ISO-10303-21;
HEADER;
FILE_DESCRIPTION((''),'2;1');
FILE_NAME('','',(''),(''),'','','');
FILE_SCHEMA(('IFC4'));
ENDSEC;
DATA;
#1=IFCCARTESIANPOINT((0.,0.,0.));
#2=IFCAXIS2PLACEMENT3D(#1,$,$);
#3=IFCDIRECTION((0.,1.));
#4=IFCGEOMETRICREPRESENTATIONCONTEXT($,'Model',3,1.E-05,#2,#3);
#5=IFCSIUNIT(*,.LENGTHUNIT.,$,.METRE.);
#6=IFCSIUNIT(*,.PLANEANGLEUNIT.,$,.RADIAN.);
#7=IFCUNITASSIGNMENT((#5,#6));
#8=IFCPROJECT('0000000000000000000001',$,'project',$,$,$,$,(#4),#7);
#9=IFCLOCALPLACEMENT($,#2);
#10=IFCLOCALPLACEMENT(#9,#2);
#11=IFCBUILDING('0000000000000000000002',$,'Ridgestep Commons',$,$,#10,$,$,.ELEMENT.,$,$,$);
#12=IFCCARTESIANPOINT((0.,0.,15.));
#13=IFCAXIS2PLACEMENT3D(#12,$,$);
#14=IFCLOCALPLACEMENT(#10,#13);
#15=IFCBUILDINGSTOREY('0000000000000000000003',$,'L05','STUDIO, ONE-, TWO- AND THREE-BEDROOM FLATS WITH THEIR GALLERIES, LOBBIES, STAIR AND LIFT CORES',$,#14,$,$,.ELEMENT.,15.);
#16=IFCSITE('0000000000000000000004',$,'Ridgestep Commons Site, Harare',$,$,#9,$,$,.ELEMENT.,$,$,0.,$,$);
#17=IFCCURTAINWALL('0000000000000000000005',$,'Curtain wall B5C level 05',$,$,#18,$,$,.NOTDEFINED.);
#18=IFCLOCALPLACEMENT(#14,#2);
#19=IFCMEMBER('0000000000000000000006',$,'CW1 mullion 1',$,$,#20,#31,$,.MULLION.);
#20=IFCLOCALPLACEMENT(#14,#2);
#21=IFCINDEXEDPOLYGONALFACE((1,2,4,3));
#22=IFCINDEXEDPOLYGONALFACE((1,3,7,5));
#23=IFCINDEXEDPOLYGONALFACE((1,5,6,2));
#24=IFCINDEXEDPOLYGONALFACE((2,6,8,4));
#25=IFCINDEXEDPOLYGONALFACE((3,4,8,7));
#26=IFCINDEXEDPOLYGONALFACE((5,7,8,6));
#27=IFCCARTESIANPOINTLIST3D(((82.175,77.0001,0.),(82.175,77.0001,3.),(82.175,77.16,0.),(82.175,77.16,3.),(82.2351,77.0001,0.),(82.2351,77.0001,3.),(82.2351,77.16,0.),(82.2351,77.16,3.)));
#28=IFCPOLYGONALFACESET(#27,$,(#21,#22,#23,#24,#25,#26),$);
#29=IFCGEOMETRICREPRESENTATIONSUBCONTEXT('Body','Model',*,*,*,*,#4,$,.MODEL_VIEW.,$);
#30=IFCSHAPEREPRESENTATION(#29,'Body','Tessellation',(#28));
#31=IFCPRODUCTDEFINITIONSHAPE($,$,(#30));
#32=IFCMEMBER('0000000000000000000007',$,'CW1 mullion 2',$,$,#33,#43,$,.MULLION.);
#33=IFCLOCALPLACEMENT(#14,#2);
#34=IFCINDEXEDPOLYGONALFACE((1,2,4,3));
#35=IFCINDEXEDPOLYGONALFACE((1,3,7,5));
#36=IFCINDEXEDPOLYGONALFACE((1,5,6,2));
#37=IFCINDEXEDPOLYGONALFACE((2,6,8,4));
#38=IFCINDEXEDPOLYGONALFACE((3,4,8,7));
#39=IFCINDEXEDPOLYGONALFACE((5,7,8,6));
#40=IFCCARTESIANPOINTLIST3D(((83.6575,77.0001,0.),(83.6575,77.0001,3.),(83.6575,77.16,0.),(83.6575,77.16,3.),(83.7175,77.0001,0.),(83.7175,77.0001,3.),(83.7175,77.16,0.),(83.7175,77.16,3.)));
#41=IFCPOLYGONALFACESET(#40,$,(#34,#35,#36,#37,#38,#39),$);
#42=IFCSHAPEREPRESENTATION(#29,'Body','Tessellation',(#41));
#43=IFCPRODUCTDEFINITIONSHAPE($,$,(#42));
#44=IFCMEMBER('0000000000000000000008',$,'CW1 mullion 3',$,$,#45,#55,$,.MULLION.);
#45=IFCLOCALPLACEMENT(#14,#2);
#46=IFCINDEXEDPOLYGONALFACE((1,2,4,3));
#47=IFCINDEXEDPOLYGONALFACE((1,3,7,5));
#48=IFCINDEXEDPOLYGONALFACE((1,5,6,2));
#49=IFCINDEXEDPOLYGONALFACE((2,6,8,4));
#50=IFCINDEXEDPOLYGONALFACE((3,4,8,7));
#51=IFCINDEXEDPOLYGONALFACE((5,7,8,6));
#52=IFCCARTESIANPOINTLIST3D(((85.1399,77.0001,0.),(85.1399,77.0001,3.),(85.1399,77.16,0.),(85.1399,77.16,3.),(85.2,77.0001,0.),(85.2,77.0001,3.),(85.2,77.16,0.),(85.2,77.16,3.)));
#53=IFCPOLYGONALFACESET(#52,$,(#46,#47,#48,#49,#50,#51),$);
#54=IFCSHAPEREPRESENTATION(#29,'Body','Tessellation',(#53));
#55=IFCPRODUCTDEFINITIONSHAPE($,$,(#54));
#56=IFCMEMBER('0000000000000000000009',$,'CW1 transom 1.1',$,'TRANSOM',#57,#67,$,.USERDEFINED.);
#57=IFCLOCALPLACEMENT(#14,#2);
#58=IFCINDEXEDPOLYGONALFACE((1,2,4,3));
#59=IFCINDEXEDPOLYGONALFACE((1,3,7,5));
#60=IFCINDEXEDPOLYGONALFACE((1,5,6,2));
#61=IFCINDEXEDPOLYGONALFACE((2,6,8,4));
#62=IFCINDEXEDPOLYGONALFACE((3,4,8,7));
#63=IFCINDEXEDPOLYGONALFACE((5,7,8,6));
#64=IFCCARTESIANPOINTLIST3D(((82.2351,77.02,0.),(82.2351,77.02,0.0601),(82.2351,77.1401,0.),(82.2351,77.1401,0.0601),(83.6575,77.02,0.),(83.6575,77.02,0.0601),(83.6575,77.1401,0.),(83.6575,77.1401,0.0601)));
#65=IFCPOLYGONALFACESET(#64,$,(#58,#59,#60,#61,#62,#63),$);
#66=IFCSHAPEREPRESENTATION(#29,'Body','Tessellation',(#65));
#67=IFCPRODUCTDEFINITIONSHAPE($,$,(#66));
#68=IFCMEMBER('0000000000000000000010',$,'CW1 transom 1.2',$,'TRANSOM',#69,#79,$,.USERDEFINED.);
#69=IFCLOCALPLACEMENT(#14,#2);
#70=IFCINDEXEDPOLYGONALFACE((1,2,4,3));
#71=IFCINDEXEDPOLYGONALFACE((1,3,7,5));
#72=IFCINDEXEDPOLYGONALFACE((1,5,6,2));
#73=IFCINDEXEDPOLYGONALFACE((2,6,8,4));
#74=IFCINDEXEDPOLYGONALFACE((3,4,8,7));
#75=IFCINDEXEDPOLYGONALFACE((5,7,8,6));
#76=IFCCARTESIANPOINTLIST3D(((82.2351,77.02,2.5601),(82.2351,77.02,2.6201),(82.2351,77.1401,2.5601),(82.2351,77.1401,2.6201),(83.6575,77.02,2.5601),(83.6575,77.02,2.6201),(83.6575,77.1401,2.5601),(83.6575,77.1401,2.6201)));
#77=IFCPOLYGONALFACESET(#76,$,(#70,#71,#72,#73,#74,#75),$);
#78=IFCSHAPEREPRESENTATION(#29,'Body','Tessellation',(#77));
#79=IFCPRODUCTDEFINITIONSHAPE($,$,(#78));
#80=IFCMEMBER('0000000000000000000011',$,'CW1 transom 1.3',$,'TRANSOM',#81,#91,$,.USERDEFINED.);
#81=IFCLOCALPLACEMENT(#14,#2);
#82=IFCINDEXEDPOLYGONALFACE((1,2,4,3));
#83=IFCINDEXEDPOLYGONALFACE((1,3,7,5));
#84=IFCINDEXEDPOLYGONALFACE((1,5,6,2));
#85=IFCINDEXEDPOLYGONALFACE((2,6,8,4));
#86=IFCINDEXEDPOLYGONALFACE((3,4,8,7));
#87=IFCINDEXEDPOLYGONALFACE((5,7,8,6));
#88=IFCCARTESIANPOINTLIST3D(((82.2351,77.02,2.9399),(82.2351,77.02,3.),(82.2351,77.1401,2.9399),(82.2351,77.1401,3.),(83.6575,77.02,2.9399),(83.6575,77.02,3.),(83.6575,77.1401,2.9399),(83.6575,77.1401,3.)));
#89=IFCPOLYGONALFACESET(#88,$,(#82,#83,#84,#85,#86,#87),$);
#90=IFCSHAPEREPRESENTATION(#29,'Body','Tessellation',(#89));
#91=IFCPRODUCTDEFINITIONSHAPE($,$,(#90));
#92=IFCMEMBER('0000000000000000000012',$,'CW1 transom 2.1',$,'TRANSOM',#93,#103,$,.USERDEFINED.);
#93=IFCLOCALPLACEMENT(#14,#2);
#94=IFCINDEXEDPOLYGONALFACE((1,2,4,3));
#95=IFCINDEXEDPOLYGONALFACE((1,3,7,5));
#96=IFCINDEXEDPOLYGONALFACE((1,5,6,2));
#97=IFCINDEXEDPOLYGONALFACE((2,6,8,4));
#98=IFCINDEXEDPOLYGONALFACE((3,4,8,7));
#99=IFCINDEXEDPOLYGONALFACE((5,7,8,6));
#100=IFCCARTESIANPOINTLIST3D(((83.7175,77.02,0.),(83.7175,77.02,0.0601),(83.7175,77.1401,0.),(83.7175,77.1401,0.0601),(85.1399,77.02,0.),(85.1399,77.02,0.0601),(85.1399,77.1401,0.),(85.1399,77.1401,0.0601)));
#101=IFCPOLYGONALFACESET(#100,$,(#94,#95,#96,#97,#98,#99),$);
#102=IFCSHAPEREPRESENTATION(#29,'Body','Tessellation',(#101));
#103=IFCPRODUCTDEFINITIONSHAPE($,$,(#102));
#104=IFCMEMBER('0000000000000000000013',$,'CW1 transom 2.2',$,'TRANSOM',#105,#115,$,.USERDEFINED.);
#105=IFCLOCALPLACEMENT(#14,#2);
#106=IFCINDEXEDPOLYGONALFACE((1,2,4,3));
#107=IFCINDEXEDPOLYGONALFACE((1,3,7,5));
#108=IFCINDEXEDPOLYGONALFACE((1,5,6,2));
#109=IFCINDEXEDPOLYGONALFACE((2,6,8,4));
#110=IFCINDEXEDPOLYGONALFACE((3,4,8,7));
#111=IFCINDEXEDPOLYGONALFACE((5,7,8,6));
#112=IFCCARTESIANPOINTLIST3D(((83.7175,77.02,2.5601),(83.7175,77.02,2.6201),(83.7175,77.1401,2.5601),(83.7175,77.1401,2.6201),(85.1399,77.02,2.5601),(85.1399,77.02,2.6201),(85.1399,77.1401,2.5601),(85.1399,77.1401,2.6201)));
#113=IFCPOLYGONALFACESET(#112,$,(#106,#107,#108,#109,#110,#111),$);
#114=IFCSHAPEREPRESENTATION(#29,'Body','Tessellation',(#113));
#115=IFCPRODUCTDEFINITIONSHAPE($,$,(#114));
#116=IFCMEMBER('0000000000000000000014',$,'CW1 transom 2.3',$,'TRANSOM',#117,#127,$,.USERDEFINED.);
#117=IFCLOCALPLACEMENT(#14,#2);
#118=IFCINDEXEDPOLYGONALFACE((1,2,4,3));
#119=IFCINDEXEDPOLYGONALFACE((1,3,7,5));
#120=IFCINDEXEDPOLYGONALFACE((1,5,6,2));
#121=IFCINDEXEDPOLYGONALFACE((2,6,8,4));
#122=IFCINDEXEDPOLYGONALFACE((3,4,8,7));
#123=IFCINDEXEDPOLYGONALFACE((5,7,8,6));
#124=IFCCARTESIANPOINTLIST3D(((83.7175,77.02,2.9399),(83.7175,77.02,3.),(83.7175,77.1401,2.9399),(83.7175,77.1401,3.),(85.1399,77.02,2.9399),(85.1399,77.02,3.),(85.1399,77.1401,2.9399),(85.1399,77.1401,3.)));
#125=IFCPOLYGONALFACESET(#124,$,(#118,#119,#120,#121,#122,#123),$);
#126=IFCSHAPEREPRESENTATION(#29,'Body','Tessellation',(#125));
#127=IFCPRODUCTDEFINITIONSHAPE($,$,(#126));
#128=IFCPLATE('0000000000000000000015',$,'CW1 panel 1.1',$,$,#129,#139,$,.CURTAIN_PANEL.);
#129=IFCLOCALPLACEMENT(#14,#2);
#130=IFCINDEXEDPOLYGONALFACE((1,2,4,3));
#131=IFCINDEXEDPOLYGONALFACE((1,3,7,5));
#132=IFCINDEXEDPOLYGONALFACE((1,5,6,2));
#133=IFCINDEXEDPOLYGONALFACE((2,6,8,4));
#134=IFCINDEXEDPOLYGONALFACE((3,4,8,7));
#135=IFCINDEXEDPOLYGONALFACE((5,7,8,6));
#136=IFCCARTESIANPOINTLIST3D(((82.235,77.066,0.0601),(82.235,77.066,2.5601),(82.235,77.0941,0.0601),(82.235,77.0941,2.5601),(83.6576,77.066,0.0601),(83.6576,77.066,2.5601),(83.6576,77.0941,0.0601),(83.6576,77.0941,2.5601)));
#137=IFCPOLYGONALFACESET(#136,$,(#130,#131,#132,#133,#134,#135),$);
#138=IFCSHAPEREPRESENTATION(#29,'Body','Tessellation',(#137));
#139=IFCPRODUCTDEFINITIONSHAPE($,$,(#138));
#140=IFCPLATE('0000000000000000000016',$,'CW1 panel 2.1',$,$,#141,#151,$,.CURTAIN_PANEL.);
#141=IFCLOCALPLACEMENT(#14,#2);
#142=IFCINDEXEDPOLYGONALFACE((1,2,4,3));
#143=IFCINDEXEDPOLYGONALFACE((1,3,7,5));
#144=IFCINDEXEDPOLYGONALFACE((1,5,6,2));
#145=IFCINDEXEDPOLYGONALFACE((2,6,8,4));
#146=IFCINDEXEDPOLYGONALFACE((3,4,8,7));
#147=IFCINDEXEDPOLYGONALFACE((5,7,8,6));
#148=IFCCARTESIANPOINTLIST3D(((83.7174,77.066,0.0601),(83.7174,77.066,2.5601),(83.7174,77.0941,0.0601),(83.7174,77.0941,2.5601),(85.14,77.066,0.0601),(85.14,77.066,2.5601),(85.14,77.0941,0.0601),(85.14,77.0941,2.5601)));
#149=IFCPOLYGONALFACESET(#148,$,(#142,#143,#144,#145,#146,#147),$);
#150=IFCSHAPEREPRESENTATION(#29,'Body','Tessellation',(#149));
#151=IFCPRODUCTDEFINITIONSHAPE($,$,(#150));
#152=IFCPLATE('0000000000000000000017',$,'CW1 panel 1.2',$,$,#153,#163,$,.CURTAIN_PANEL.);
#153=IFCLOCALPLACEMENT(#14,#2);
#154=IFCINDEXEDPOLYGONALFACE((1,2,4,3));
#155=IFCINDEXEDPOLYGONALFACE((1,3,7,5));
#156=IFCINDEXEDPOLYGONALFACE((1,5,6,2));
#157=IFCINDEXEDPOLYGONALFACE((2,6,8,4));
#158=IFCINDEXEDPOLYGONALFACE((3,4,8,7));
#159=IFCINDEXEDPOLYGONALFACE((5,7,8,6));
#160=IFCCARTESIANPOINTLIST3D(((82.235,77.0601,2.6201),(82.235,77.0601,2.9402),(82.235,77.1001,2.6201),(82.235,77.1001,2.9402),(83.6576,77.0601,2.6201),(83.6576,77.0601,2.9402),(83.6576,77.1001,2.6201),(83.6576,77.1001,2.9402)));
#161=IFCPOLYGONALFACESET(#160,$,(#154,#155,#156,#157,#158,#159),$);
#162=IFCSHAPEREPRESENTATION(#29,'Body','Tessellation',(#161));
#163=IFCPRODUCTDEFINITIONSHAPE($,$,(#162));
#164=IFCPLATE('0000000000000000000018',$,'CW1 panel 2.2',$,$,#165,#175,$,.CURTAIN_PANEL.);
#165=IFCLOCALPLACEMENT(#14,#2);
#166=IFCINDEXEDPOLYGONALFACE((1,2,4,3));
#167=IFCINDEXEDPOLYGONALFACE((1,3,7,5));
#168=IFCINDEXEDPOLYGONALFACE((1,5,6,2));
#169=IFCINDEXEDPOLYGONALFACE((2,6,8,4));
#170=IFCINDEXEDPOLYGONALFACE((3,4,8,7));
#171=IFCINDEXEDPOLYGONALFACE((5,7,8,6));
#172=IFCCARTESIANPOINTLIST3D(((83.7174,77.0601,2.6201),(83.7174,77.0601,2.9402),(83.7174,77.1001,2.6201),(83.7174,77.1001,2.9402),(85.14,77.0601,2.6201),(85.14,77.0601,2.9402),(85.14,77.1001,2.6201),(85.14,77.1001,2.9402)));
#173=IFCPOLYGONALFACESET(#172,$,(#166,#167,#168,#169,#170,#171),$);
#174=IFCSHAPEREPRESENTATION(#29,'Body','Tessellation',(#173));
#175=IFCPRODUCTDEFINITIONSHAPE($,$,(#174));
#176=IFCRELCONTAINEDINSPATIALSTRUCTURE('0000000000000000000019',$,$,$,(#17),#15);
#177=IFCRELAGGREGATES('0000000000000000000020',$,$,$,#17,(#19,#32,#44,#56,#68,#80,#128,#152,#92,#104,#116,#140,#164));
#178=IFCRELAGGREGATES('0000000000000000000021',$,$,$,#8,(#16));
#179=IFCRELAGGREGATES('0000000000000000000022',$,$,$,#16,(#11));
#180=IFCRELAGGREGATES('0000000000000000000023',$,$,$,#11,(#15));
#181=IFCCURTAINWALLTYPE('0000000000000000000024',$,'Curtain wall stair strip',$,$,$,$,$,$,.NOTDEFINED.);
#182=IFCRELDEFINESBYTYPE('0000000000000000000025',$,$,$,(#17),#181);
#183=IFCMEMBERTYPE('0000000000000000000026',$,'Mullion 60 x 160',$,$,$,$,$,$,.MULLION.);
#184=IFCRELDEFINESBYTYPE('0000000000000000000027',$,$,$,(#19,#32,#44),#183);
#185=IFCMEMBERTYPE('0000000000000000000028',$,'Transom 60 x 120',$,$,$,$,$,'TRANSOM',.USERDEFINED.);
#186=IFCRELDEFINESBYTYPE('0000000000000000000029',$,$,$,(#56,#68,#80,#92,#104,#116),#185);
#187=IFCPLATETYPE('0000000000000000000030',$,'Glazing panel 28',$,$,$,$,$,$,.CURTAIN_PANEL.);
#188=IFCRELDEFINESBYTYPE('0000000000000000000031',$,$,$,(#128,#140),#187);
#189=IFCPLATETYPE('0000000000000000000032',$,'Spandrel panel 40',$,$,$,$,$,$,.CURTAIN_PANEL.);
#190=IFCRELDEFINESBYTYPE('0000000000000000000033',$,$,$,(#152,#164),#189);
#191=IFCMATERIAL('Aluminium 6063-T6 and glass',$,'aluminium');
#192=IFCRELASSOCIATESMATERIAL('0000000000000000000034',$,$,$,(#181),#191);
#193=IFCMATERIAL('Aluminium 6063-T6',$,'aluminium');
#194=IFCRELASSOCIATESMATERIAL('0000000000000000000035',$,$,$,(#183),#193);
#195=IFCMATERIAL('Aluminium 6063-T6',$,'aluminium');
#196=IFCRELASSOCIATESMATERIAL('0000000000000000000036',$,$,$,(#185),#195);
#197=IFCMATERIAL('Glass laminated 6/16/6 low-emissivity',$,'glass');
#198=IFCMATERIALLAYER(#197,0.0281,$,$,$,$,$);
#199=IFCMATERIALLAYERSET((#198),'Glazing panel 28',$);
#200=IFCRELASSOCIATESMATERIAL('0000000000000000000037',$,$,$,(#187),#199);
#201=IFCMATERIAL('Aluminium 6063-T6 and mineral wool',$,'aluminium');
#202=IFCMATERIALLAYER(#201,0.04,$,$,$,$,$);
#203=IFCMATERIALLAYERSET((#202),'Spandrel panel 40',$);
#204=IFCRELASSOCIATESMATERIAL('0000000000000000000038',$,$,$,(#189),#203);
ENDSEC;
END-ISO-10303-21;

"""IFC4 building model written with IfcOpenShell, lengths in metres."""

from ifc_helpers import new_model, si_unit, direction, frame, origin, origin_2d, place, context, subcontext, project, spatial, rectangle, extrude, material, layer, layer_set, material_profile, profile_set, type_object, element, aggregate, save


model = new_model("IFC4")

# Units and contexts
model_context = context("Model", 3, precision=1e-05, world=origin(), true_north=direction((0.0, 1.0)))
body_context = subcontext(model_context, "Body", "Model", "MODEL_VIEW")
ifc_project = project(units=[si_unit("LENGTHUNIT", "METRE"), si_unit("PLANEANGLEUNIT", "RADIAN")], contexts=[model_context])

# Site, building, storey
site_placement = place(None, origin())
site = spatial("IfcSite", under=ifc_project, at=site_placement, Name="Ridgestep Commons Site, Harare", CompositionType="ELEMENT", RefElevation=0.0)
building_placement = place(site_placement, origin())
building = spatial("IfcBuilding", under=site, at=building_placement, Name="Ridgestep Commons", CompositionType="ELEMENT")
storey_placement = place(building_placement, frame((0.0, 0.0, 15.0)))
storey = spatial("IfcBuildingStorey", under=building, at=storey_placement, Name="L05", Description="STUDIO, ONE-, TWO- AND THREE-BEDROOM FLATS WITH THEIR GALLERIES, LOBBIES, STAIR AND LIFT CORES", CompositionType="ELEMENT", Elevation=15.0)

# Curtain wall, members, plates
ifc_material_1 = material(Name="Aluminium 6063-T6 and glass", Category="aluminium")
curtain_wall_type = type_object("IfcCurtainWallType", Name="Curtain wall stair strip", PredefinedType="NOTDEFINED", material=ifc_material_1)
curtain_wall_placement = place(storey_placement, origin())
curtain_wall = element("IfcCurtainWall", 1, at=curtain_wall_placement, inside=storey, type_object=curtain_wall_type, Name="Curtain wall B5C level 05", PredefinedType="NOTDEFINED")
ifc_material_2 = material(Name="Aluminium 6063-T6", Category="aluminium")
ifc_material_profile_1 = material_profile(ifc_material_2, rectangle(XDim=0.1599, YDim=0.0601, at=origin_2d()), Name="Mullion 60 x 160")
ifc_profile_set_1 = profile_set([ifc_material_profile_1], Name="Aluminium 6063-T6")
member_type_1 = type_object("IfcMemberType", Name="Mullion 60 x 160", PredefinedType="MULLION", material=ifc_profile_set_1)
member_1_placement = place(storey_placement, frame((82.2051, 77.0801, 0.0), z_axis=(0.0, 0.0, 1.0), x_axis=(0.0, 1.0, 0.0)))
member_1 = element("IfcMember", 2, at=member_1_placement, type_object=member_type_1, Name="CW1 mullion 1", PredefinedType="MULLION", context=body_context, shape_type="SweptSolid", body=[
    extrude(rectangle(XDim=0.1599, YDim=0.0601, at=origin_2d()), origin(), (0.0, 0.0, 1.0), 3.0),
])
member_2_placement = place(storey_placement, frame((83.6875, 77.0801, 0.0), z_axis=(0.0, 0.0, 1.0), x_axis=(0.0, 1.0, 0.0)))
member_2 = element("IfcMember", 3, at=member_2_placement, type_object=member_type_1, Name="CW1 mullion 2", PredefinedType="MULLION", context=body_context, shape_type="SweptSolid", body=[
    extrude(rectangle(XDim=0.1599, YDim=0.0601, at=origin_2d()), origin(), (0.0, 0.0, 1.0), 3.0),
])
member_3_placement = place(storey_placement, frame((85.1699, 77.0801, 0.0), z_axis=(0.0, 0.0, 1.0), x_axis=(0.0, 1.0, 0.0)))
member_3 = element("IfcMember", 4, at=member_3_placement, type_object=member_type_1, Name="CW1 mullion 3", PredefinedType="MULLION", context=body_context, shape_type="SweptSolid", body=[
    extrude(rectangle(XDim=0.1599, YDim=0.0601, at=origin_2d()), origin(), (0.0, 0.0, 1.0), 3.0),
])
ifc_material_3 = material(Name="Aluminium 6063-T6", Category="aluminium")
ifc_material_profile_2 = material_profile(ifc_material_3, rectangle(XDim=0.1201, YDim=0.0601, at=origin_2d()), Name="Transom 60 x 120")
ifc_profile_set_2 = profile_set([ifc_material_profile_2], Name="Aluminium 6063-T6")
member_type_2 = type_object("IfcMemberType", Name="Transom 60 x 120", ElementType="TRANSOM", PredefinedType="USERDEFINED", material=ifc_profile_set_2)
member_4_placement = place(storey_placement, frame((82.2351, 77.0801, 0.03), z_axis=(1.0, 0.0, 0.0), x_axis=(0.0, 1.0, 0.0)))
member_4 = element("IfcMember", 5, at=member_4_placement, type_object=member_type_2, Name="CW1 transom 1.1", ObjectType="TRANSOM", PredefinedType="USERDEFINED", context=body_context, shape_type="SweptSolid", body=[
    extrude(rectangle(XDim=0.1201, YDim=0.0601, at=origin_2d()), origin(), (0.0, 0.0, 1.0), 1.4224),
])
member_5_placement = place(storey_placement, frame((82.2351, 77.0801, 2.5901), z_axis=(1.0, 0.0, 0.0), x_axis=(0.0, 1.0, 0.0)))
member_5 = element("IfcMember", 6, at=member_5_placement, type_object=member_type_2, Name="CW1 transom 1.2", ObjectType="TRANSOM", PredefinedType="USERDEFINED", context=body_context, shape_type="SweptSolid", body=[
    extrude(rectangle(XDim=0.1201, YDim=0.0601, at=origin_2d()), origin(), (0.0, 0.0, 1.0), 1.4224),
])
member_6_placement = place(storey_placement, frame((82.2351, 77.0801, 2.97), z_axis=(1.0, 0.0, 0.0), x_axis=(0.0, 1.0, 0.0)))
member_6 = element("IfcMember", 7, at=member_6_placement, type_object=member_type_2, Name="CW1 transom 1.3", ObjectType="TRANSOM", PredefinedType="USERDEFINED", context=body_context, shape_type="SweptSolid", body=[
    extrude(rectangle(XDim=0.1201, YDim=0.0601, at=origin_2d()), origin(), (0.0, 0.0, 1.0), 1.4224),
])
member_7_placement = place(storey_placement, frame((83.7175, 77.0801, 0.03), z_axis=(1.0, 0.0, 0.0), x_axis=(0.0, 1.0, 0.0)))
member_7 = element("IfcMember", 8, at=member_7_placement, type_object=member_type_2, Name="CW1 transom 2.1", ObjectType="TRANSOM", PredefinedType="USERDEFINED", context=body_context, shape_type="SweptSolid", body=[
    extrude(rectangle(XDim=0.1201, YDim=0.0601, at=origin_2d()), origin(), (0.0, 0.0, 1.0), 1.4224),
])
member_8_placement = place(storey_placement, frame((83.7175, 77.0801, 2.5901), z_axis=(1.0, 0.0, 0.0), x_axis=(0.0, 1.0, 0.0)))
member_8 = element("IfcMember", 9, at=member_8_placement, type_object=member_type_2, Name="CW1 transom 2.2", ObjectType="TRANSOM", PredefinedType="USERDEFINED", context=body_context, shape_type="SweptSolid", body=[
    extrude(rectangle(XDim=0.1201, YDim=0.0601, at=origin_2d()), origin(), (0.0, 0.0, 1.0), 1.4224),
])
member_9_placement = place(storey_placement, frame((83.7175, 77.0801, 2.97), z_axis=(1.0, 0.0, 0.0), x_axis=(0.0, 1.0, 0.0)))
member_9 = element("IfcMember", 10, at=member_9_placement, type_object=member_type_2, Name="CW1 transom 2.3", ObjectType="TRANSOM", PredefinedType="USERDEFINED", context=body_context, shape_type="SweptSolid", body=[
    extrude(rectangle(XDim=0.1201, YDim=0.0601, at=origin_2d()), origin(), (0.0, 0.0, 1.0), 1.4224),
])
ifc_material_4 = material(Name="Glass laminated 6/16/6 low-emissivity", Category="glass")
ifc_layer_1 = layer(ifc_material_4, 0.0281)
ifc_layer_set_1 = layer_set([ifc_layer_1], Name="Glazing panel 28")
plate_type_1 = type_object("IfcPlateType", Name="Glazing panel 28", PredefinedType="CURTAIN_PANEL", material=ifc_layer_set_1)
plate_1_placement = place(storey_placement, frame((82.9463, 77.0801, 0.0601), z_axis=(0.0, 0.0, 1.0), x_axis=(1.0, 0.0, 0.0)))
plate_1 = element("IfcPlate", 11, at=plate_1_placement, type_object=plate_type_1, Name="CW1 panel 1.1", PredefinedType="CURTAIN_PANEL", context=body_context, shape_type="SweptSolid", body=[
    extrude(rectangle(XDim=1.4226, YDim=0.0281, at=origin_2d()), origin(), (0.0, 0.0, 1.0), 2.5),
])
plate_2_placement = place(storey_placement, frame((84.4287, 77.0801, 0.0601), z_axis=(0.0, 0.0, 1.0), x_axis=(1.0, 0.0, 0.0)))
plate_2 = element("IfcPlate", 12, at=plate_2_placement, type_object=plate_type_1, Name="CW1 panel 2.1", PredefinedType="CURTAIN_PANEL", context=body_context, shape_type="SweptSolid", body=[
    extrude(rectangle(XDim=1.4226, YDim=0.0281, at=origin_2d()), origin(), (0.0, 0.0, 1.0), 2.5),
])
ifc_material_5 = material(Name="Aluminium 6063-T6 and mineral wool", Category="aluminium")
ifc_layer_2 = layer(ifc_material_5, 0.04)
ifc_layer_set_2 = layer_set([ifc_layer_2], Name="Spandrel panel 40")
plate_type_2 = type_object("IfcPlateType", Name="Spandrel panel 40", PredefinedType="CURTAIN_PANEL", material=ifc_layer_set_2)
plate_3_placement = place(storey_placement, frame((82.9463, 77.0801, 2.6201), z_axis=(0.0, 0.0, 1.0), x_axis=(1.0, 0.0, 0.0)))
plate_3 = element("IfcPlate", 13, at=plate_3_placement, type_object=plate_type_2, Name="CW1 panel 1.2", PredefinedType="CURTAIN_PANEL", context=body_context, shape_type="SweptSolid", body=[
    extrude(rectangle(XDim=1.4226, YDim=0.04, at=origin_2d()), origin(), (0.0, 0.0, 1.0), 0.3201),
])
plate_4_placement = place(storey_placement, frame((84.4287, 77.0801, 2.6201), z_axis=(0.0, 0.0, 1.0), x_axis=(1.0, 0.0, 0.0)))
plate_4 = element("IfcPlate", 14, at=plate_4_placement, type_object=plate_type_2, Name="CW1 panel 2.2", PredefinedType="CURTAIN_PANEL", context=body_context, shape_type="SweptSolid", body=[
    extrude(rectangle(XDim=1.4226, YDim=0.04, at=origin_2d()), origin(), (0.0, 0.0, 1.0), 0.3201),
])
aggregate(curtain_wall, [member_1, member_2, member_3, member_4, member_5, member_6, plate_1, plate_3, member_7, member_8, member_9, plate_2, plate_4])

save(model, "model.ifc")
